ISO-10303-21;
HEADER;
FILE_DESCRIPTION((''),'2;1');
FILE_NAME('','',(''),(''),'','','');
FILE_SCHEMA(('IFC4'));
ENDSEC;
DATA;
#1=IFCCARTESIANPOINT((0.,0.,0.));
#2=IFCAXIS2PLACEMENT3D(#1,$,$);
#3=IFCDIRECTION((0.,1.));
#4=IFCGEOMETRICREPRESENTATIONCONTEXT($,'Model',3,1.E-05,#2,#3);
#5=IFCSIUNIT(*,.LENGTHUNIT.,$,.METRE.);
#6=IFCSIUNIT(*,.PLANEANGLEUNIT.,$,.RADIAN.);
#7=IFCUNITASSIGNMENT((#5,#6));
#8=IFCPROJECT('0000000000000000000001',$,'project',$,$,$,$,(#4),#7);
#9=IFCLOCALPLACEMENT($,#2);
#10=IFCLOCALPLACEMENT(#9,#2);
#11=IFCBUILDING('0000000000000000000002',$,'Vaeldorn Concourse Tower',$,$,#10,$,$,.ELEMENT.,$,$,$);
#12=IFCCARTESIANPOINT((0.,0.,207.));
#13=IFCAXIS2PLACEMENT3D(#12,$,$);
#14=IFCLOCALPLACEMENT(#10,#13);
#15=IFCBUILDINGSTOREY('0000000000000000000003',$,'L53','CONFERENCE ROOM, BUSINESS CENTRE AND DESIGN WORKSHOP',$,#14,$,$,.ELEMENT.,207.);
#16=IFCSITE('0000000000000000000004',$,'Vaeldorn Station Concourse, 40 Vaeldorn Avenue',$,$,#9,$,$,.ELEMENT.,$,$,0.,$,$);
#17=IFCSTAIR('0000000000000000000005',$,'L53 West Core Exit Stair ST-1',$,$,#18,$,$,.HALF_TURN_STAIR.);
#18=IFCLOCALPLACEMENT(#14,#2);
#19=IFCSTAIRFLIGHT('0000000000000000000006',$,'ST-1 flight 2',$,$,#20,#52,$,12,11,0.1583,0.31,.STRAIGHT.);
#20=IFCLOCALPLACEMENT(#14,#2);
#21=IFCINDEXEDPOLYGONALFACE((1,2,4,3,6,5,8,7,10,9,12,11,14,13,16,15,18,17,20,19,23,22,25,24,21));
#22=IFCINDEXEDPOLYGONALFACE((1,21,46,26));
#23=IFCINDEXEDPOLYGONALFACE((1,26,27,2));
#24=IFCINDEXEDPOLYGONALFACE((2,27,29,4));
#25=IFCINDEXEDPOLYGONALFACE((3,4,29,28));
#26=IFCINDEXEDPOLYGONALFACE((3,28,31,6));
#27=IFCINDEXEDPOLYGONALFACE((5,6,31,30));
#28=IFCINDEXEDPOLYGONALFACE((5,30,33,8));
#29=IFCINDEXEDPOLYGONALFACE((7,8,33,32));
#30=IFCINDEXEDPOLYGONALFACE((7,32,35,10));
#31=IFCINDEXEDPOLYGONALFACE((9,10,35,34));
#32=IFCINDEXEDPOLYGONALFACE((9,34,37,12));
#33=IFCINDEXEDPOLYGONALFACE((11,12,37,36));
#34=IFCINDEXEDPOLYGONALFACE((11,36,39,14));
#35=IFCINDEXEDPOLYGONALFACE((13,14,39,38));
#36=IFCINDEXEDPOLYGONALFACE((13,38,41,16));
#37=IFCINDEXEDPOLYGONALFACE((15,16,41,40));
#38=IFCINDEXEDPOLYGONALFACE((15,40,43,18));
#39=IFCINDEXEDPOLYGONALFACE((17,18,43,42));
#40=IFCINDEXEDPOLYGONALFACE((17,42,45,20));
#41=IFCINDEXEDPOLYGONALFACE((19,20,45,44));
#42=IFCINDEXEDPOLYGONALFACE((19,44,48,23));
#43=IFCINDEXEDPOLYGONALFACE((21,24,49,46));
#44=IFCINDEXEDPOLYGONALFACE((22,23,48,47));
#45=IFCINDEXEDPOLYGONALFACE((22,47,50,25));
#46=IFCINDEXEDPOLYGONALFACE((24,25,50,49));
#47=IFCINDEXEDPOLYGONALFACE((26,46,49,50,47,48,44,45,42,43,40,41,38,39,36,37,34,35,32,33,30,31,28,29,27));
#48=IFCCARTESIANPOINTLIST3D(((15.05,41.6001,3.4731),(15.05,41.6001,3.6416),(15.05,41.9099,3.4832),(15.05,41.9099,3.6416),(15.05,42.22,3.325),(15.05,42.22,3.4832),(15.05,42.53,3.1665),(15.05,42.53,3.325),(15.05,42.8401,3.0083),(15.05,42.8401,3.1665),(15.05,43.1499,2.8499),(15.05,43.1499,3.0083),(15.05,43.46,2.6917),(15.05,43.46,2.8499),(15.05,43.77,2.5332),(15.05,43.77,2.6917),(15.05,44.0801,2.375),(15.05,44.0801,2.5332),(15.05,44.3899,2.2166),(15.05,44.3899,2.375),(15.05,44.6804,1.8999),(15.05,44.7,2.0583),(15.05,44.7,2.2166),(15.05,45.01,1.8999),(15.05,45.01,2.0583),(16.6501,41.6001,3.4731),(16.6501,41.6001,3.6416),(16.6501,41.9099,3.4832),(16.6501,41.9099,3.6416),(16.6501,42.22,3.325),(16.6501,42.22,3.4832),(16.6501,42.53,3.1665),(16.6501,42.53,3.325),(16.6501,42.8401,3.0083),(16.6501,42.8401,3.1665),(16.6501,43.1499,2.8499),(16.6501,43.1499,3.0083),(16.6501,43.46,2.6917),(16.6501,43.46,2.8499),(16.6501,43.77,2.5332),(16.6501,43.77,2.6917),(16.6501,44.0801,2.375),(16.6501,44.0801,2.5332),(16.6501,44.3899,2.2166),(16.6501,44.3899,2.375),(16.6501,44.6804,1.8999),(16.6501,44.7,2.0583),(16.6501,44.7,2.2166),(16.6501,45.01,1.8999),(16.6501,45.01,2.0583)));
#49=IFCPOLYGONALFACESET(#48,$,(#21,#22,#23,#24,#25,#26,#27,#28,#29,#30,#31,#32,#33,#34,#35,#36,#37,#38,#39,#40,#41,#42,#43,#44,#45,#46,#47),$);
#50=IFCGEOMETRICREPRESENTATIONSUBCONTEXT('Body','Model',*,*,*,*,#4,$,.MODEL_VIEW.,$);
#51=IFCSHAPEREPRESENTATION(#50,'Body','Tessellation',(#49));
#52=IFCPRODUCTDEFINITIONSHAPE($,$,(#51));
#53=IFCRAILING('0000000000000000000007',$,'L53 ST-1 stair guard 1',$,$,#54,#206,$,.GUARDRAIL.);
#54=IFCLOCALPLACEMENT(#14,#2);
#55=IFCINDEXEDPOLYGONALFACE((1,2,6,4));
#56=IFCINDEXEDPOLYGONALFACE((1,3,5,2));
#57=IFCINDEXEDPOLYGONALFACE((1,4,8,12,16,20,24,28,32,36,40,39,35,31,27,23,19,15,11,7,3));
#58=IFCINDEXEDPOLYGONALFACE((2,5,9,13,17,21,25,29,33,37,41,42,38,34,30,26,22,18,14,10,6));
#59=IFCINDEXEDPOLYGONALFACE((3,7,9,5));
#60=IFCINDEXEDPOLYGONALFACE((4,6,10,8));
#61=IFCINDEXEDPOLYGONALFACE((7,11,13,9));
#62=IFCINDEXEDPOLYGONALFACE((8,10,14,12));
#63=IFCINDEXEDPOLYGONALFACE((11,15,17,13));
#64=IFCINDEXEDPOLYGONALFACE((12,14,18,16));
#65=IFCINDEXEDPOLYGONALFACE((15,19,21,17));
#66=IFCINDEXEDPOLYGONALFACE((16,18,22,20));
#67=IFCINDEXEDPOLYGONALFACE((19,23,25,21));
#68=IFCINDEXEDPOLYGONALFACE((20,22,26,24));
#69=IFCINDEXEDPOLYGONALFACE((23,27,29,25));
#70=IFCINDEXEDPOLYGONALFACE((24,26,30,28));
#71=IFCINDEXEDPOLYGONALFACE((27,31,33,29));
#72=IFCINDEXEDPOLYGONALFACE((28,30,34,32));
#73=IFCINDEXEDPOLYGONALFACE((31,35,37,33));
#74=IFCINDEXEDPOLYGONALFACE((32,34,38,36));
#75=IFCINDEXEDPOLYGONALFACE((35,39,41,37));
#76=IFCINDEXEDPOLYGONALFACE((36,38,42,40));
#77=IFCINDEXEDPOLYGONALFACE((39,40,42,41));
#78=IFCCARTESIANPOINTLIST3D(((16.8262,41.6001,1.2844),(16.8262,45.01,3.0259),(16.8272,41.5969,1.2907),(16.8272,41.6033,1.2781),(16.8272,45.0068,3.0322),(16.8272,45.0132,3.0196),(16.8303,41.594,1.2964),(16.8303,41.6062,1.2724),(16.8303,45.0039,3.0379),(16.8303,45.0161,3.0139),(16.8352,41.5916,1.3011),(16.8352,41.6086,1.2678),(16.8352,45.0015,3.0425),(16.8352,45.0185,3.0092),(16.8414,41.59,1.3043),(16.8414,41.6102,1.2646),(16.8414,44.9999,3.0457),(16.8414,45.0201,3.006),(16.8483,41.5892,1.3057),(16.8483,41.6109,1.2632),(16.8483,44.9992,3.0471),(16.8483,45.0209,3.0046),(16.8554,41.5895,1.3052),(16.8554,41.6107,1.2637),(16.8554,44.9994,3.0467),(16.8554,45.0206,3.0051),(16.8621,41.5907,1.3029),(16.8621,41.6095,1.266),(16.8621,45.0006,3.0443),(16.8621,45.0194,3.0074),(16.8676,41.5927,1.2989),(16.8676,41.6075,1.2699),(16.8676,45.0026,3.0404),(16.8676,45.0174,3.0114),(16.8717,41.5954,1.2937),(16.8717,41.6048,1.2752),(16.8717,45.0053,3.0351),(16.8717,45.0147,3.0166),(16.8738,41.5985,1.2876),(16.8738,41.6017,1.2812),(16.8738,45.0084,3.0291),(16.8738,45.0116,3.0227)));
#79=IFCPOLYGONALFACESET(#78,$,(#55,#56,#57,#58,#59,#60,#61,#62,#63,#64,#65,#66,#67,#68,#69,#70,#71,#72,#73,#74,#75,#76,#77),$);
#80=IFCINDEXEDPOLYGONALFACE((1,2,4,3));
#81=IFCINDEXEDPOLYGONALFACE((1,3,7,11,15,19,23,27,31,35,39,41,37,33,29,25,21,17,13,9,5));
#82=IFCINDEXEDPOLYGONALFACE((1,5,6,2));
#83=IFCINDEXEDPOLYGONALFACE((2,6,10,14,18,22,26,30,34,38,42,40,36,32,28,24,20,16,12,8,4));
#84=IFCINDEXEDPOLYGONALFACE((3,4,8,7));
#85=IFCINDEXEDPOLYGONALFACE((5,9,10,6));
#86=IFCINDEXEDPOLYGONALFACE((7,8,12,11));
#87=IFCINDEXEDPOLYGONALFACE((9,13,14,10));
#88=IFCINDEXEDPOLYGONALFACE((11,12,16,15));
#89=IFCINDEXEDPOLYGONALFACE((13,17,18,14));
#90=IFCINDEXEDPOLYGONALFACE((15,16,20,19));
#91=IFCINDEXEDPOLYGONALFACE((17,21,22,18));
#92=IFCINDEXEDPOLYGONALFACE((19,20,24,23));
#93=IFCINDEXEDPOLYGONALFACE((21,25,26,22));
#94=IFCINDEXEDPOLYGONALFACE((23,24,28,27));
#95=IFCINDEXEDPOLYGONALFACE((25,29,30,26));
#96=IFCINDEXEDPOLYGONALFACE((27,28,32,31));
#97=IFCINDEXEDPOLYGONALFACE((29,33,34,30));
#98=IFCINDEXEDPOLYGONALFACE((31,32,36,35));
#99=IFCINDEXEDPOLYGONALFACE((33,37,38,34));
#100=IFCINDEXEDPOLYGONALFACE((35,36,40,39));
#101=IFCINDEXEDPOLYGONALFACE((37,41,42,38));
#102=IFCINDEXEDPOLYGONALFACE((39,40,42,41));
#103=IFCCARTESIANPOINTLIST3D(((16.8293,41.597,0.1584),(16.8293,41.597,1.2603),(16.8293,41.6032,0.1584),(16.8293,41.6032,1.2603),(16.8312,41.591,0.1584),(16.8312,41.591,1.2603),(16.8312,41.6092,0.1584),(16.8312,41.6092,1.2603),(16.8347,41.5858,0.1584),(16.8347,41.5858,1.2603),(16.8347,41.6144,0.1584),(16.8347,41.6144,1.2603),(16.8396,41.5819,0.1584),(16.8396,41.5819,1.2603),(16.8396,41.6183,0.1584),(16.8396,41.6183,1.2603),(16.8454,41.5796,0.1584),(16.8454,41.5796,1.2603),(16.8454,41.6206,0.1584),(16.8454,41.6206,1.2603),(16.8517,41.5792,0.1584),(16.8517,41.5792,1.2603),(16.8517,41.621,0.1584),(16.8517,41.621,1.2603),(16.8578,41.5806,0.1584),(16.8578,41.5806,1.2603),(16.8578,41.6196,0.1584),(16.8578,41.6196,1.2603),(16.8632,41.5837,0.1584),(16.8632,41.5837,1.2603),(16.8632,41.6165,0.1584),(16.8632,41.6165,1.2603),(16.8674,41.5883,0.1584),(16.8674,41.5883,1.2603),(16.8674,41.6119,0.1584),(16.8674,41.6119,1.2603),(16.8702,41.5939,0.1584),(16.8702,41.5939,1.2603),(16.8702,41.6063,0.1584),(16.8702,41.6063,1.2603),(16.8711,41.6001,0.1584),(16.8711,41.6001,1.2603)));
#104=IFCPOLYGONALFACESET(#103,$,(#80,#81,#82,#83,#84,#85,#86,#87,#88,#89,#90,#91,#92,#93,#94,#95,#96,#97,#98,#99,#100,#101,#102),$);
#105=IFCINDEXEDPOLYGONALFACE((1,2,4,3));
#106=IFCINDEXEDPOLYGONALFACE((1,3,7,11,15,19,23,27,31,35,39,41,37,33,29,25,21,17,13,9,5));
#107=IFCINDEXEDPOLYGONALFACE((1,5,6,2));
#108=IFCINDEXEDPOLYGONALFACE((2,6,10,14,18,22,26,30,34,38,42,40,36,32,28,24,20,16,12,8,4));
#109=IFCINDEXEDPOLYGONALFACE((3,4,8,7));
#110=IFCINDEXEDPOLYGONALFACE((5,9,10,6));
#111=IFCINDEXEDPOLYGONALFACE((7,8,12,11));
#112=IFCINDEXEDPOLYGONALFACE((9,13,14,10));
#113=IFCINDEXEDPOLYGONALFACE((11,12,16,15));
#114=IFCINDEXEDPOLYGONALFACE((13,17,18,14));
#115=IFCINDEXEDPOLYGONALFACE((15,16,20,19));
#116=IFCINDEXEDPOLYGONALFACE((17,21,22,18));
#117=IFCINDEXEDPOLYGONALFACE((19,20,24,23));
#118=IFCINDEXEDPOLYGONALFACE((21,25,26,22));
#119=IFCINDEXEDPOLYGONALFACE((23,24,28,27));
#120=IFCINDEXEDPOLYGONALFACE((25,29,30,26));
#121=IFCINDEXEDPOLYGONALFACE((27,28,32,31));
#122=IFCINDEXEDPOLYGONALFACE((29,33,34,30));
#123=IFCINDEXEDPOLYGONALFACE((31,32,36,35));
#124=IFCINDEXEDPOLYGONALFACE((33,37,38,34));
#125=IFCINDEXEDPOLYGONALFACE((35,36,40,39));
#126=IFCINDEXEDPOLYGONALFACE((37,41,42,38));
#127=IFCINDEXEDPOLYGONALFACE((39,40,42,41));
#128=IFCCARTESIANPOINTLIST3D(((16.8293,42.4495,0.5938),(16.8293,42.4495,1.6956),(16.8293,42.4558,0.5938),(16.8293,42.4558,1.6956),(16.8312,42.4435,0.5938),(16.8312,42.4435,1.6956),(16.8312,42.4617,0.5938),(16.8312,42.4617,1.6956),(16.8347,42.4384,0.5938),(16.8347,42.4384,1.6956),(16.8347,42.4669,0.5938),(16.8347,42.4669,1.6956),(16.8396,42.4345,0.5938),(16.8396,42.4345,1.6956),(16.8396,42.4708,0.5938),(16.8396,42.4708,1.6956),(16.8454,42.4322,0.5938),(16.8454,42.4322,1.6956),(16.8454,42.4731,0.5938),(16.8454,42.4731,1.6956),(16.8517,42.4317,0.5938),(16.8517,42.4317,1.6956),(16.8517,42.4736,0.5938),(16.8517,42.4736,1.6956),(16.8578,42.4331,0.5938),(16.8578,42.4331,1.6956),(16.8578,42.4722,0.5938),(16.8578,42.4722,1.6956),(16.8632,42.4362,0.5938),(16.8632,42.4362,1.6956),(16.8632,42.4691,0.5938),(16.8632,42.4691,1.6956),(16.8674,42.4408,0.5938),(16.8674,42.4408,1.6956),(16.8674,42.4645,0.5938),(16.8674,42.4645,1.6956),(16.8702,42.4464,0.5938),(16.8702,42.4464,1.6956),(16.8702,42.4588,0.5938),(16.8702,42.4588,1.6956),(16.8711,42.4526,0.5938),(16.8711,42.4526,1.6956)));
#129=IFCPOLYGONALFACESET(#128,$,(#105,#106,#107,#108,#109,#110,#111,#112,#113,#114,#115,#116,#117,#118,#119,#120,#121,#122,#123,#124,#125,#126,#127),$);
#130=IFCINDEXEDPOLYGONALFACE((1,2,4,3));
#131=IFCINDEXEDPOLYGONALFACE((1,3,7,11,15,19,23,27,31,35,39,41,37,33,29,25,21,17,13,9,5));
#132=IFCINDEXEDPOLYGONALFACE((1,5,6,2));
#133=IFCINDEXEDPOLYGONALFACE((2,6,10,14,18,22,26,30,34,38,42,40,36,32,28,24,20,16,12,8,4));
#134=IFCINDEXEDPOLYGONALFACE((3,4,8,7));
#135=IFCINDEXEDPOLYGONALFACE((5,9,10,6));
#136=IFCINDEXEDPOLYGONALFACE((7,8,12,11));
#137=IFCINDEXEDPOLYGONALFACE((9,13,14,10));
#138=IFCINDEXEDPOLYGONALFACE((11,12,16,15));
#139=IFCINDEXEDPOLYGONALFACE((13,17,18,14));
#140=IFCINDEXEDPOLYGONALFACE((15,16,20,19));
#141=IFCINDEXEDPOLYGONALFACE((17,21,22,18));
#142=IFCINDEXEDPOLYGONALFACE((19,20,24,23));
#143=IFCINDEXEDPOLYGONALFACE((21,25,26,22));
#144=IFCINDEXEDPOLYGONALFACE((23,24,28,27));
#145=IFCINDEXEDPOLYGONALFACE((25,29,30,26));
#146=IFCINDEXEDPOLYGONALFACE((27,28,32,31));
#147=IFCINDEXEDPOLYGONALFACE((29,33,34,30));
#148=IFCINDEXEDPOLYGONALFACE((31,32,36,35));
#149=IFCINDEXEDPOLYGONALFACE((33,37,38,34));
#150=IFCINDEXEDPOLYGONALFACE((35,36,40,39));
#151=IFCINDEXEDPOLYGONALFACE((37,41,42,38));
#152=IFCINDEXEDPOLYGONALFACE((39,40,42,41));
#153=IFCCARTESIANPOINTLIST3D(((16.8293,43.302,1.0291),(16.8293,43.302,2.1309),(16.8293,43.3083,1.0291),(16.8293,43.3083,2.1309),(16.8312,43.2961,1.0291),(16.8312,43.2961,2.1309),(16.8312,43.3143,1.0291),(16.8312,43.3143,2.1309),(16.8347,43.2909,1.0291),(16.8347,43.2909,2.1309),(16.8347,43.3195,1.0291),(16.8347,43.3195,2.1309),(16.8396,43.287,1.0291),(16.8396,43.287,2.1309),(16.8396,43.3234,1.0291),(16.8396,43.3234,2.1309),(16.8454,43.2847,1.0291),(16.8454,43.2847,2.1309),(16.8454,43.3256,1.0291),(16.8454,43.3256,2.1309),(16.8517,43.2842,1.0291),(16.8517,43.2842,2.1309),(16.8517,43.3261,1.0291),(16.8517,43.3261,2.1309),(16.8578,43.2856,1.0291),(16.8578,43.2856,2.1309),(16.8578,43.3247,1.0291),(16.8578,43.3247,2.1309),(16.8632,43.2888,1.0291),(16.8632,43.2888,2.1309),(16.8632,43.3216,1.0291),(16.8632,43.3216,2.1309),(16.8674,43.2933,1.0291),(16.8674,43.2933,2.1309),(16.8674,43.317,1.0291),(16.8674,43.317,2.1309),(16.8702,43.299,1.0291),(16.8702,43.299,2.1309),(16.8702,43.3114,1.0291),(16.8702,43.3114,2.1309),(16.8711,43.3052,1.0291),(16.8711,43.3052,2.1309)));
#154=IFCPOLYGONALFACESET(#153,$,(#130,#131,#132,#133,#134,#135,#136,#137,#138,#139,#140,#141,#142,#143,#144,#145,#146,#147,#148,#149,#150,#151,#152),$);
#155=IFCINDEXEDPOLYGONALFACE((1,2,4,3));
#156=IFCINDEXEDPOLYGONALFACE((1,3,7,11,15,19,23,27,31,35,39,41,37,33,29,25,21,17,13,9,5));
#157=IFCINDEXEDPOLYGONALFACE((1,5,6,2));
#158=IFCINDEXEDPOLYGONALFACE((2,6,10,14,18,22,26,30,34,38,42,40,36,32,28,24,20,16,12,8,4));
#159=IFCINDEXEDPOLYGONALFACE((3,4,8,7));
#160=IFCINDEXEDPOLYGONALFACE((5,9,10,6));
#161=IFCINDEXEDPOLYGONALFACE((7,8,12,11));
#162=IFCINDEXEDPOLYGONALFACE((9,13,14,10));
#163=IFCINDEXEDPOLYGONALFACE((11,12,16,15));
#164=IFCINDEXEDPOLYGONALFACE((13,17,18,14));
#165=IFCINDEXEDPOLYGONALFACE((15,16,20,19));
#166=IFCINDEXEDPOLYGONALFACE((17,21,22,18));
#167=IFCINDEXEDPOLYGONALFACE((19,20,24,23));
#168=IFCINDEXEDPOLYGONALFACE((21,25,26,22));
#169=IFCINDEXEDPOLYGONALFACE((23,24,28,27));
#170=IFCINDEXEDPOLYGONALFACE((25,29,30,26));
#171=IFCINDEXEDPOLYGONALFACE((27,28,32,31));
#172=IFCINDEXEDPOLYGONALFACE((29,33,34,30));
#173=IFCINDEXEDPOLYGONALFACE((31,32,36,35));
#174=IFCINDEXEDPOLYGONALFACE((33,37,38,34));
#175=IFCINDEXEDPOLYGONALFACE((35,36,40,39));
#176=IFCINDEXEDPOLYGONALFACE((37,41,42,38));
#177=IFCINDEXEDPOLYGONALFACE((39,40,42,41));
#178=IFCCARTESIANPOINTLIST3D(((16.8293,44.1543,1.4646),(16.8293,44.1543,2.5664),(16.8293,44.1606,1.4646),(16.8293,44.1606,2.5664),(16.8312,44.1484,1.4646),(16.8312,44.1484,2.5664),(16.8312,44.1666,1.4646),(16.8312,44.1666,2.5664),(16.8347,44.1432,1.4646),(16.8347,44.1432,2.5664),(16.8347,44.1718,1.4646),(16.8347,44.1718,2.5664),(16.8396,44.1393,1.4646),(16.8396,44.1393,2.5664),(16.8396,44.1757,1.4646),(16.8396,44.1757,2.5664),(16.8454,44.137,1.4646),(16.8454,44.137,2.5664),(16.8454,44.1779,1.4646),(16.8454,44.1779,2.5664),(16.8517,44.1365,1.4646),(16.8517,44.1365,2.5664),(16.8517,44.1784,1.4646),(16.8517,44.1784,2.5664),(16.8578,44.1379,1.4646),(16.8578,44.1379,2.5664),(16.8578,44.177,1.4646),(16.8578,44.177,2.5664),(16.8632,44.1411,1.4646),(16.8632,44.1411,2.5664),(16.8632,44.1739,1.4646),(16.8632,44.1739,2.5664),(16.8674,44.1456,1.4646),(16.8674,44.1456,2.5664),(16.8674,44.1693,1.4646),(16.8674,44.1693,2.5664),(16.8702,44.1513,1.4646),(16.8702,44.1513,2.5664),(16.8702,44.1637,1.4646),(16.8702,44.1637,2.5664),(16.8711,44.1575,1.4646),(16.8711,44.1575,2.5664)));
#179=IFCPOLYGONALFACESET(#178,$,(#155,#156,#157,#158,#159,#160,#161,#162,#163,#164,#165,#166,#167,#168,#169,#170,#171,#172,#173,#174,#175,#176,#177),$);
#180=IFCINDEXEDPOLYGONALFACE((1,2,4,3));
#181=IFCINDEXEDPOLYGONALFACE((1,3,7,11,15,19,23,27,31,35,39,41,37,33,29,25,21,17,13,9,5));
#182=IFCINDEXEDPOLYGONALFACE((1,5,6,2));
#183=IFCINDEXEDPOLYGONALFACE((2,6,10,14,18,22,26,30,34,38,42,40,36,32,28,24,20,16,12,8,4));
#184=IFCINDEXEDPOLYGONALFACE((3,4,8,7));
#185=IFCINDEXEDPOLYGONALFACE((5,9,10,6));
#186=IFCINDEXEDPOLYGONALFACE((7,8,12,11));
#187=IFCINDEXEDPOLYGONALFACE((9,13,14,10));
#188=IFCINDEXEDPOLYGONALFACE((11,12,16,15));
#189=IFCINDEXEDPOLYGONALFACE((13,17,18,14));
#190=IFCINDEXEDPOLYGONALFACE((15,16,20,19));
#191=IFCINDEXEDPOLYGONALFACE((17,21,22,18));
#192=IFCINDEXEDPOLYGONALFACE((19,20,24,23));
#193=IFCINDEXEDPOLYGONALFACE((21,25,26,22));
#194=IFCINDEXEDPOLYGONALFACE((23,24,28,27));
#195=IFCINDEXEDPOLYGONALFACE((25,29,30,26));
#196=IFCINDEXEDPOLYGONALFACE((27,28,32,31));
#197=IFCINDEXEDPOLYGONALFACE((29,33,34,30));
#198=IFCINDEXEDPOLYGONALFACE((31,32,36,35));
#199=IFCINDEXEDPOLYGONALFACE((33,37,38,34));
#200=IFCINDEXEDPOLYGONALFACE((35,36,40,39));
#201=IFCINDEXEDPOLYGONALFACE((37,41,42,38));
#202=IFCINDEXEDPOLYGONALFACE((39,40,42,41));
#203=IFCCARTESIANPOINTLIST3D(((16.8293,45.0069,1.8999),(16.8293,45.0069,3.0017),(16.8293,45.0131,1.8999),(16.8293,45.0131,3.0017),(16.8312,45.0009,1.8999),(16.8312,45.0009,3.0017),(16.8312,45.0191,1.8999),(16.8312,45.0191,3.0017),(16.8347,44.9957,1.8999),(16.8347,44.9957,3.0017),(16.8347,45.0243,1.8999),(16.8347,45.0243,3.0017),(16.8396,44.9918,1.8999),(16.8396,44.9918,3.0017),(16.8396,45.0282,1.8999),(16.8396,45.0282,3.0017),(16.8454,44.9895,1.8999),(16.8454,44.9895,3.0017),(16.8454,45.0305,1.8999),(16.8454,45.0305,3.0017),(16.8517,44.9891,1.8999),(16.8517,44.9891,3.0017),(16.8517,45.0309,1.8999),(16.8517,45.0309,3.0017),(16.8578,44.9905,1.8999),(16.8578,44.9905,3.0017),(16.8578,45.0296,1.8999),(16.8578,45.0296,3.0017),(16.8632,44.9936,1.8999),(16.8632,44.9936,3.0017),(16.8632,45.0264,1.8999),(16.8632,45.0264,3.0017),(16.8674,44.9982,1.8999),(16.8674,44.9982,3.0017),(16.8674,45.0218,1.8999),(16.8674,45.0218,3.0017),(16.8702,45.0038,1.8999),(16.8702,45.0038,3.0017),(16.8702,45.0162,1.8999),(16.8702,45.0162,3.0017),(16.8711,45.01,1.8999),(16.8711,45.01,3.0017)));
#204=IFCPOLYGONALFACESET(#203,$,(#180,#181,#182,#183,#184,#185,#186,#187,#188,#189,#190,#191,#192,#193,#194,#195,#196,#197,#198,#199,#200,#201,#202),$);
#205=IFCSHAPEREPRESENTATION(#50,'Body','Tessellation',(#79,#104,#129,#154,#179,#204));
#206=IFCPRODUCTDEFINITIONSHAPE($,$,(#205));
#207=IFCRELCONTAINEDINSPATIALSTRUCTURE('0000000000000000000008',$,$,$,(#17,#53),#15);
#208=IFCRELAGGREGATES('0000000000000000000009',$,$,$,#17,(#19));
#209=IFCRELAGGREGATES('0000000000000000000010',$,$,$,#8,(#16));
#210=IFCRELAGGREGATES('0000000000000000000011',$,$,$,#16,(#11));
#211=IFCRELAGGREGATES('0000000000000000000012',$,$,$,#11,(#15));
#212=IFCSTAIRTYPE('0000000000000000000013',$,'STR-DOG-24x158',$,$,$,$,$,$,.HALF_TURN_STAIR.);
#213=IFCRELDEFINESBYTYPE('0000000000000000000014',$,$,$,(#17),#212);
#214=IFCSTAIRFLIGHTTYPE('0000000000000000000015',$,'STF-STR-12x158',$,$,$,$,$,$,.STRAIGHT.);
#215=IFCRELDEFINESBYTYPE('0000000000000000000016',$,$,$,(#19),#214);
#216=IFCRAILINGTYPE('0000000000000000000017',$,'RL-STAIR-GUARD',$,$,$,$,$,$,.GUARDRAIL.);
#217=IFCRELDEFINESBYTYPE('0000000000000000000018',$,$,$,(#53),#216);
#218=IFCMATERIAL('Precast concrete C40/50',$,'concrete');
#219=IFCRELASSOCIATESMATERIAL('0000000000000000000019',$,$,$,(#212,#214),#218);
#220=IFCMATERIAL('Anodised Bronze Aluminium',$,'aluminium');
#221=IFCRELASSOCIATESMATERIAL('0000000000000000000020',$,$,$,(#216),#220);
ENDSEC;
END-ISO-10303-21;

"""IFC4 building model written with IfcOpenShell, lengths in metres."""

from ifc_helpers import new_model, si_unit, direction, frame, origin, origin_2d, place, context, subcontext, project, spatial, polyline, circle, outline, extrude, material, type_object, element, aggregate, save


model = new_model("IFC4")

# Units and contexts
model_context = context("Model", 3, precision=1e-05, world=origin(), true_north=direction((0.0, 1.0)))
body_context = subcontext(model_context, "Body", "Model", "MODEL_VIEW")
ifc_project = project(units=[si_unit("LENGTHUNIT", "METRE"), si_unit("PLANEANGLEUNIT", "RADIAN")], contexts=[model_context])

# Site, building, storey
site_placement = place(None, origin())
site = spatial("IfcSite", under=ifc_project, at=site_placement, Name="Vaeldorn Station Concourse, 40 Vaeldorn Avenue", CompositionType="ELEMENT", RefElevation=0.0)
building_placement = place(site_placement, origin())
building = spatial("IfcBuilding", under=site, at=building_placement, Name="Vaeldorn Concourse Tower", CompositionType="ELEMENT")
storey_placement = place(building_placement, frame((0.0, 0.0, 207.0)))
storey = spatial("IfcBuildingStorey", under=building, at=storey_placement, Name="L53", Description="CONFERENCE ROOM, BUSINESS CENTRE AND DESIGN WORKSHOP", CompositionType="ELEMENT", Elevation=207.0)

# Shared definitions
ifc_material_1 = material(Name="Anodised Bronze Aluminium", Category="aluminium")

# Stair, stair flight
ifc_material_2 = material(Name="Precast concrete C40/50", Category="concrete")
stair_type = type_object("IfcStairType", Name="STR-DOG-24x158", PredefinedType="HALF_TURN_STAIR", material=ifc_material_2)
stair_placement = place(storey_placement, origin())
stair = element("IfcStair", 1, at=stair_placement, inside=storey, type_object=stair_type, Name="L53 West Core Exit Stair ST-1", PredefinedType="HALF_TURN_STAIR")
stair_flight_type = type_object("IfcStairFlightType", Name="STF-STR-12x158", PredefinedType="STRAIGHT", material=ifc_material_2)
stair_flight_1_placement = place(storey_placement, frame((15.8501, 45.01, 1.8999), z_axis=(0.0, 0.0, 1.0), x_axis=(0.0, -1.0, 0.0)))
stair_flight_1 = element("IfcStairFlight", 2, at=stair_flight_1_placement, type_object=stair_flight_type, Name="ST-1 flight 2", NumberOfRisers=12, NumberOfTreads=11, PredefinedType="STRAIGHT", RiserHeight=0.1583, TreadLength=0.31, context=body_context, shape_type="SweptSolid", body=[
    extrude(outline(polyline([(0.0, 0.0), (0.0, 0.1584), (0.3101, 0.1584), (0.3101, 0.3167), (0.6201, 0.3167), (0.6201, 0.4751), (0.9299, 0.4751), (0.9299, 0.6333), (1.24, 0.6333), (1.24, 0.7917), (1.55, 0.7917), (1.55, 0.95), (1.8601, 0.95), (1.8601, 1.1084), (2.1699, 1.1084), (2.1699, 1.2666), (2.48, 1.2666), (2.48, 1.425), (2.79, 1.425), (2.79, 1.5833), (3.1001, 1.5833), (3.1001, 1.7417), (3.4099, 1.7417), (3.4099, 1.8999), (3.4099, 1.5732), (0.3296, 0.0), (0.0, 0.0)])), frame((0.0, 0.8, 0.0), z_axis=(0.0, -1.0, 0.0), x_axis=(1.0, 0.0, 0.0)), (0.0, 0.0, 1.0), 1.6001),
])
aggregate(stair, [stair_flight_1])

# Railing
railing_type_1 = type_object("IfcRailingType", Name="RL-STAIR-GUARD", PredefinedType="GUARDRAIL", material=ifc_material_1)
railing_1_placement = place(storey_placement, frame((16.8501, 41.6001, 0.1584)))
element("IfcRailing", 3, at=railing_1_placement, inside=storey, type_object=railing_type_1, Name="L53 ST-1 stair guard 1", PredefinedType="GUARDRAIL", context=body_context, shape_type="SweptSolid", body=[
    extrude(circle(Radius=0.0239, at=origin_2d()), frame((0.0, 0.0, 1.126), z_axis=(0.0, 0.890582, 0.454823), x_axis=(-1.0, 0.0, 0.0)), (0.0, 0.0, 1.0), 3.8289),
    extrude(circle(Radius=0.021, at=origin_2d()), origin(), (0.0, 0.0, 1.0), 1.1018),
    extrude(circle(Radius=0.021, at=origin_2d()), frame((0.0, 0.8525, 0.4353)), (0.0, 0.0, 1.0), 1.1018),
    extrude(circle(Radius=0.021, at=origin_2d()), frame((0.0, 1.7051, 0.8706)), (0.0, 0.0, 1.0), 1.1018),
    extrude(circle(Radius=0.021, at=origin_2d()), frame((0.0, 2.5574, 1.3062)), (0.0, 0.0, 1.0), 1.1018),
    extrude(circle(Radius=0.021, at=origin_2d()), frame((0.0, 3.4099, 1.7415)), (0.0, 0.0, 1.0), 1.1018),
])

save(model, "model.ifc")
